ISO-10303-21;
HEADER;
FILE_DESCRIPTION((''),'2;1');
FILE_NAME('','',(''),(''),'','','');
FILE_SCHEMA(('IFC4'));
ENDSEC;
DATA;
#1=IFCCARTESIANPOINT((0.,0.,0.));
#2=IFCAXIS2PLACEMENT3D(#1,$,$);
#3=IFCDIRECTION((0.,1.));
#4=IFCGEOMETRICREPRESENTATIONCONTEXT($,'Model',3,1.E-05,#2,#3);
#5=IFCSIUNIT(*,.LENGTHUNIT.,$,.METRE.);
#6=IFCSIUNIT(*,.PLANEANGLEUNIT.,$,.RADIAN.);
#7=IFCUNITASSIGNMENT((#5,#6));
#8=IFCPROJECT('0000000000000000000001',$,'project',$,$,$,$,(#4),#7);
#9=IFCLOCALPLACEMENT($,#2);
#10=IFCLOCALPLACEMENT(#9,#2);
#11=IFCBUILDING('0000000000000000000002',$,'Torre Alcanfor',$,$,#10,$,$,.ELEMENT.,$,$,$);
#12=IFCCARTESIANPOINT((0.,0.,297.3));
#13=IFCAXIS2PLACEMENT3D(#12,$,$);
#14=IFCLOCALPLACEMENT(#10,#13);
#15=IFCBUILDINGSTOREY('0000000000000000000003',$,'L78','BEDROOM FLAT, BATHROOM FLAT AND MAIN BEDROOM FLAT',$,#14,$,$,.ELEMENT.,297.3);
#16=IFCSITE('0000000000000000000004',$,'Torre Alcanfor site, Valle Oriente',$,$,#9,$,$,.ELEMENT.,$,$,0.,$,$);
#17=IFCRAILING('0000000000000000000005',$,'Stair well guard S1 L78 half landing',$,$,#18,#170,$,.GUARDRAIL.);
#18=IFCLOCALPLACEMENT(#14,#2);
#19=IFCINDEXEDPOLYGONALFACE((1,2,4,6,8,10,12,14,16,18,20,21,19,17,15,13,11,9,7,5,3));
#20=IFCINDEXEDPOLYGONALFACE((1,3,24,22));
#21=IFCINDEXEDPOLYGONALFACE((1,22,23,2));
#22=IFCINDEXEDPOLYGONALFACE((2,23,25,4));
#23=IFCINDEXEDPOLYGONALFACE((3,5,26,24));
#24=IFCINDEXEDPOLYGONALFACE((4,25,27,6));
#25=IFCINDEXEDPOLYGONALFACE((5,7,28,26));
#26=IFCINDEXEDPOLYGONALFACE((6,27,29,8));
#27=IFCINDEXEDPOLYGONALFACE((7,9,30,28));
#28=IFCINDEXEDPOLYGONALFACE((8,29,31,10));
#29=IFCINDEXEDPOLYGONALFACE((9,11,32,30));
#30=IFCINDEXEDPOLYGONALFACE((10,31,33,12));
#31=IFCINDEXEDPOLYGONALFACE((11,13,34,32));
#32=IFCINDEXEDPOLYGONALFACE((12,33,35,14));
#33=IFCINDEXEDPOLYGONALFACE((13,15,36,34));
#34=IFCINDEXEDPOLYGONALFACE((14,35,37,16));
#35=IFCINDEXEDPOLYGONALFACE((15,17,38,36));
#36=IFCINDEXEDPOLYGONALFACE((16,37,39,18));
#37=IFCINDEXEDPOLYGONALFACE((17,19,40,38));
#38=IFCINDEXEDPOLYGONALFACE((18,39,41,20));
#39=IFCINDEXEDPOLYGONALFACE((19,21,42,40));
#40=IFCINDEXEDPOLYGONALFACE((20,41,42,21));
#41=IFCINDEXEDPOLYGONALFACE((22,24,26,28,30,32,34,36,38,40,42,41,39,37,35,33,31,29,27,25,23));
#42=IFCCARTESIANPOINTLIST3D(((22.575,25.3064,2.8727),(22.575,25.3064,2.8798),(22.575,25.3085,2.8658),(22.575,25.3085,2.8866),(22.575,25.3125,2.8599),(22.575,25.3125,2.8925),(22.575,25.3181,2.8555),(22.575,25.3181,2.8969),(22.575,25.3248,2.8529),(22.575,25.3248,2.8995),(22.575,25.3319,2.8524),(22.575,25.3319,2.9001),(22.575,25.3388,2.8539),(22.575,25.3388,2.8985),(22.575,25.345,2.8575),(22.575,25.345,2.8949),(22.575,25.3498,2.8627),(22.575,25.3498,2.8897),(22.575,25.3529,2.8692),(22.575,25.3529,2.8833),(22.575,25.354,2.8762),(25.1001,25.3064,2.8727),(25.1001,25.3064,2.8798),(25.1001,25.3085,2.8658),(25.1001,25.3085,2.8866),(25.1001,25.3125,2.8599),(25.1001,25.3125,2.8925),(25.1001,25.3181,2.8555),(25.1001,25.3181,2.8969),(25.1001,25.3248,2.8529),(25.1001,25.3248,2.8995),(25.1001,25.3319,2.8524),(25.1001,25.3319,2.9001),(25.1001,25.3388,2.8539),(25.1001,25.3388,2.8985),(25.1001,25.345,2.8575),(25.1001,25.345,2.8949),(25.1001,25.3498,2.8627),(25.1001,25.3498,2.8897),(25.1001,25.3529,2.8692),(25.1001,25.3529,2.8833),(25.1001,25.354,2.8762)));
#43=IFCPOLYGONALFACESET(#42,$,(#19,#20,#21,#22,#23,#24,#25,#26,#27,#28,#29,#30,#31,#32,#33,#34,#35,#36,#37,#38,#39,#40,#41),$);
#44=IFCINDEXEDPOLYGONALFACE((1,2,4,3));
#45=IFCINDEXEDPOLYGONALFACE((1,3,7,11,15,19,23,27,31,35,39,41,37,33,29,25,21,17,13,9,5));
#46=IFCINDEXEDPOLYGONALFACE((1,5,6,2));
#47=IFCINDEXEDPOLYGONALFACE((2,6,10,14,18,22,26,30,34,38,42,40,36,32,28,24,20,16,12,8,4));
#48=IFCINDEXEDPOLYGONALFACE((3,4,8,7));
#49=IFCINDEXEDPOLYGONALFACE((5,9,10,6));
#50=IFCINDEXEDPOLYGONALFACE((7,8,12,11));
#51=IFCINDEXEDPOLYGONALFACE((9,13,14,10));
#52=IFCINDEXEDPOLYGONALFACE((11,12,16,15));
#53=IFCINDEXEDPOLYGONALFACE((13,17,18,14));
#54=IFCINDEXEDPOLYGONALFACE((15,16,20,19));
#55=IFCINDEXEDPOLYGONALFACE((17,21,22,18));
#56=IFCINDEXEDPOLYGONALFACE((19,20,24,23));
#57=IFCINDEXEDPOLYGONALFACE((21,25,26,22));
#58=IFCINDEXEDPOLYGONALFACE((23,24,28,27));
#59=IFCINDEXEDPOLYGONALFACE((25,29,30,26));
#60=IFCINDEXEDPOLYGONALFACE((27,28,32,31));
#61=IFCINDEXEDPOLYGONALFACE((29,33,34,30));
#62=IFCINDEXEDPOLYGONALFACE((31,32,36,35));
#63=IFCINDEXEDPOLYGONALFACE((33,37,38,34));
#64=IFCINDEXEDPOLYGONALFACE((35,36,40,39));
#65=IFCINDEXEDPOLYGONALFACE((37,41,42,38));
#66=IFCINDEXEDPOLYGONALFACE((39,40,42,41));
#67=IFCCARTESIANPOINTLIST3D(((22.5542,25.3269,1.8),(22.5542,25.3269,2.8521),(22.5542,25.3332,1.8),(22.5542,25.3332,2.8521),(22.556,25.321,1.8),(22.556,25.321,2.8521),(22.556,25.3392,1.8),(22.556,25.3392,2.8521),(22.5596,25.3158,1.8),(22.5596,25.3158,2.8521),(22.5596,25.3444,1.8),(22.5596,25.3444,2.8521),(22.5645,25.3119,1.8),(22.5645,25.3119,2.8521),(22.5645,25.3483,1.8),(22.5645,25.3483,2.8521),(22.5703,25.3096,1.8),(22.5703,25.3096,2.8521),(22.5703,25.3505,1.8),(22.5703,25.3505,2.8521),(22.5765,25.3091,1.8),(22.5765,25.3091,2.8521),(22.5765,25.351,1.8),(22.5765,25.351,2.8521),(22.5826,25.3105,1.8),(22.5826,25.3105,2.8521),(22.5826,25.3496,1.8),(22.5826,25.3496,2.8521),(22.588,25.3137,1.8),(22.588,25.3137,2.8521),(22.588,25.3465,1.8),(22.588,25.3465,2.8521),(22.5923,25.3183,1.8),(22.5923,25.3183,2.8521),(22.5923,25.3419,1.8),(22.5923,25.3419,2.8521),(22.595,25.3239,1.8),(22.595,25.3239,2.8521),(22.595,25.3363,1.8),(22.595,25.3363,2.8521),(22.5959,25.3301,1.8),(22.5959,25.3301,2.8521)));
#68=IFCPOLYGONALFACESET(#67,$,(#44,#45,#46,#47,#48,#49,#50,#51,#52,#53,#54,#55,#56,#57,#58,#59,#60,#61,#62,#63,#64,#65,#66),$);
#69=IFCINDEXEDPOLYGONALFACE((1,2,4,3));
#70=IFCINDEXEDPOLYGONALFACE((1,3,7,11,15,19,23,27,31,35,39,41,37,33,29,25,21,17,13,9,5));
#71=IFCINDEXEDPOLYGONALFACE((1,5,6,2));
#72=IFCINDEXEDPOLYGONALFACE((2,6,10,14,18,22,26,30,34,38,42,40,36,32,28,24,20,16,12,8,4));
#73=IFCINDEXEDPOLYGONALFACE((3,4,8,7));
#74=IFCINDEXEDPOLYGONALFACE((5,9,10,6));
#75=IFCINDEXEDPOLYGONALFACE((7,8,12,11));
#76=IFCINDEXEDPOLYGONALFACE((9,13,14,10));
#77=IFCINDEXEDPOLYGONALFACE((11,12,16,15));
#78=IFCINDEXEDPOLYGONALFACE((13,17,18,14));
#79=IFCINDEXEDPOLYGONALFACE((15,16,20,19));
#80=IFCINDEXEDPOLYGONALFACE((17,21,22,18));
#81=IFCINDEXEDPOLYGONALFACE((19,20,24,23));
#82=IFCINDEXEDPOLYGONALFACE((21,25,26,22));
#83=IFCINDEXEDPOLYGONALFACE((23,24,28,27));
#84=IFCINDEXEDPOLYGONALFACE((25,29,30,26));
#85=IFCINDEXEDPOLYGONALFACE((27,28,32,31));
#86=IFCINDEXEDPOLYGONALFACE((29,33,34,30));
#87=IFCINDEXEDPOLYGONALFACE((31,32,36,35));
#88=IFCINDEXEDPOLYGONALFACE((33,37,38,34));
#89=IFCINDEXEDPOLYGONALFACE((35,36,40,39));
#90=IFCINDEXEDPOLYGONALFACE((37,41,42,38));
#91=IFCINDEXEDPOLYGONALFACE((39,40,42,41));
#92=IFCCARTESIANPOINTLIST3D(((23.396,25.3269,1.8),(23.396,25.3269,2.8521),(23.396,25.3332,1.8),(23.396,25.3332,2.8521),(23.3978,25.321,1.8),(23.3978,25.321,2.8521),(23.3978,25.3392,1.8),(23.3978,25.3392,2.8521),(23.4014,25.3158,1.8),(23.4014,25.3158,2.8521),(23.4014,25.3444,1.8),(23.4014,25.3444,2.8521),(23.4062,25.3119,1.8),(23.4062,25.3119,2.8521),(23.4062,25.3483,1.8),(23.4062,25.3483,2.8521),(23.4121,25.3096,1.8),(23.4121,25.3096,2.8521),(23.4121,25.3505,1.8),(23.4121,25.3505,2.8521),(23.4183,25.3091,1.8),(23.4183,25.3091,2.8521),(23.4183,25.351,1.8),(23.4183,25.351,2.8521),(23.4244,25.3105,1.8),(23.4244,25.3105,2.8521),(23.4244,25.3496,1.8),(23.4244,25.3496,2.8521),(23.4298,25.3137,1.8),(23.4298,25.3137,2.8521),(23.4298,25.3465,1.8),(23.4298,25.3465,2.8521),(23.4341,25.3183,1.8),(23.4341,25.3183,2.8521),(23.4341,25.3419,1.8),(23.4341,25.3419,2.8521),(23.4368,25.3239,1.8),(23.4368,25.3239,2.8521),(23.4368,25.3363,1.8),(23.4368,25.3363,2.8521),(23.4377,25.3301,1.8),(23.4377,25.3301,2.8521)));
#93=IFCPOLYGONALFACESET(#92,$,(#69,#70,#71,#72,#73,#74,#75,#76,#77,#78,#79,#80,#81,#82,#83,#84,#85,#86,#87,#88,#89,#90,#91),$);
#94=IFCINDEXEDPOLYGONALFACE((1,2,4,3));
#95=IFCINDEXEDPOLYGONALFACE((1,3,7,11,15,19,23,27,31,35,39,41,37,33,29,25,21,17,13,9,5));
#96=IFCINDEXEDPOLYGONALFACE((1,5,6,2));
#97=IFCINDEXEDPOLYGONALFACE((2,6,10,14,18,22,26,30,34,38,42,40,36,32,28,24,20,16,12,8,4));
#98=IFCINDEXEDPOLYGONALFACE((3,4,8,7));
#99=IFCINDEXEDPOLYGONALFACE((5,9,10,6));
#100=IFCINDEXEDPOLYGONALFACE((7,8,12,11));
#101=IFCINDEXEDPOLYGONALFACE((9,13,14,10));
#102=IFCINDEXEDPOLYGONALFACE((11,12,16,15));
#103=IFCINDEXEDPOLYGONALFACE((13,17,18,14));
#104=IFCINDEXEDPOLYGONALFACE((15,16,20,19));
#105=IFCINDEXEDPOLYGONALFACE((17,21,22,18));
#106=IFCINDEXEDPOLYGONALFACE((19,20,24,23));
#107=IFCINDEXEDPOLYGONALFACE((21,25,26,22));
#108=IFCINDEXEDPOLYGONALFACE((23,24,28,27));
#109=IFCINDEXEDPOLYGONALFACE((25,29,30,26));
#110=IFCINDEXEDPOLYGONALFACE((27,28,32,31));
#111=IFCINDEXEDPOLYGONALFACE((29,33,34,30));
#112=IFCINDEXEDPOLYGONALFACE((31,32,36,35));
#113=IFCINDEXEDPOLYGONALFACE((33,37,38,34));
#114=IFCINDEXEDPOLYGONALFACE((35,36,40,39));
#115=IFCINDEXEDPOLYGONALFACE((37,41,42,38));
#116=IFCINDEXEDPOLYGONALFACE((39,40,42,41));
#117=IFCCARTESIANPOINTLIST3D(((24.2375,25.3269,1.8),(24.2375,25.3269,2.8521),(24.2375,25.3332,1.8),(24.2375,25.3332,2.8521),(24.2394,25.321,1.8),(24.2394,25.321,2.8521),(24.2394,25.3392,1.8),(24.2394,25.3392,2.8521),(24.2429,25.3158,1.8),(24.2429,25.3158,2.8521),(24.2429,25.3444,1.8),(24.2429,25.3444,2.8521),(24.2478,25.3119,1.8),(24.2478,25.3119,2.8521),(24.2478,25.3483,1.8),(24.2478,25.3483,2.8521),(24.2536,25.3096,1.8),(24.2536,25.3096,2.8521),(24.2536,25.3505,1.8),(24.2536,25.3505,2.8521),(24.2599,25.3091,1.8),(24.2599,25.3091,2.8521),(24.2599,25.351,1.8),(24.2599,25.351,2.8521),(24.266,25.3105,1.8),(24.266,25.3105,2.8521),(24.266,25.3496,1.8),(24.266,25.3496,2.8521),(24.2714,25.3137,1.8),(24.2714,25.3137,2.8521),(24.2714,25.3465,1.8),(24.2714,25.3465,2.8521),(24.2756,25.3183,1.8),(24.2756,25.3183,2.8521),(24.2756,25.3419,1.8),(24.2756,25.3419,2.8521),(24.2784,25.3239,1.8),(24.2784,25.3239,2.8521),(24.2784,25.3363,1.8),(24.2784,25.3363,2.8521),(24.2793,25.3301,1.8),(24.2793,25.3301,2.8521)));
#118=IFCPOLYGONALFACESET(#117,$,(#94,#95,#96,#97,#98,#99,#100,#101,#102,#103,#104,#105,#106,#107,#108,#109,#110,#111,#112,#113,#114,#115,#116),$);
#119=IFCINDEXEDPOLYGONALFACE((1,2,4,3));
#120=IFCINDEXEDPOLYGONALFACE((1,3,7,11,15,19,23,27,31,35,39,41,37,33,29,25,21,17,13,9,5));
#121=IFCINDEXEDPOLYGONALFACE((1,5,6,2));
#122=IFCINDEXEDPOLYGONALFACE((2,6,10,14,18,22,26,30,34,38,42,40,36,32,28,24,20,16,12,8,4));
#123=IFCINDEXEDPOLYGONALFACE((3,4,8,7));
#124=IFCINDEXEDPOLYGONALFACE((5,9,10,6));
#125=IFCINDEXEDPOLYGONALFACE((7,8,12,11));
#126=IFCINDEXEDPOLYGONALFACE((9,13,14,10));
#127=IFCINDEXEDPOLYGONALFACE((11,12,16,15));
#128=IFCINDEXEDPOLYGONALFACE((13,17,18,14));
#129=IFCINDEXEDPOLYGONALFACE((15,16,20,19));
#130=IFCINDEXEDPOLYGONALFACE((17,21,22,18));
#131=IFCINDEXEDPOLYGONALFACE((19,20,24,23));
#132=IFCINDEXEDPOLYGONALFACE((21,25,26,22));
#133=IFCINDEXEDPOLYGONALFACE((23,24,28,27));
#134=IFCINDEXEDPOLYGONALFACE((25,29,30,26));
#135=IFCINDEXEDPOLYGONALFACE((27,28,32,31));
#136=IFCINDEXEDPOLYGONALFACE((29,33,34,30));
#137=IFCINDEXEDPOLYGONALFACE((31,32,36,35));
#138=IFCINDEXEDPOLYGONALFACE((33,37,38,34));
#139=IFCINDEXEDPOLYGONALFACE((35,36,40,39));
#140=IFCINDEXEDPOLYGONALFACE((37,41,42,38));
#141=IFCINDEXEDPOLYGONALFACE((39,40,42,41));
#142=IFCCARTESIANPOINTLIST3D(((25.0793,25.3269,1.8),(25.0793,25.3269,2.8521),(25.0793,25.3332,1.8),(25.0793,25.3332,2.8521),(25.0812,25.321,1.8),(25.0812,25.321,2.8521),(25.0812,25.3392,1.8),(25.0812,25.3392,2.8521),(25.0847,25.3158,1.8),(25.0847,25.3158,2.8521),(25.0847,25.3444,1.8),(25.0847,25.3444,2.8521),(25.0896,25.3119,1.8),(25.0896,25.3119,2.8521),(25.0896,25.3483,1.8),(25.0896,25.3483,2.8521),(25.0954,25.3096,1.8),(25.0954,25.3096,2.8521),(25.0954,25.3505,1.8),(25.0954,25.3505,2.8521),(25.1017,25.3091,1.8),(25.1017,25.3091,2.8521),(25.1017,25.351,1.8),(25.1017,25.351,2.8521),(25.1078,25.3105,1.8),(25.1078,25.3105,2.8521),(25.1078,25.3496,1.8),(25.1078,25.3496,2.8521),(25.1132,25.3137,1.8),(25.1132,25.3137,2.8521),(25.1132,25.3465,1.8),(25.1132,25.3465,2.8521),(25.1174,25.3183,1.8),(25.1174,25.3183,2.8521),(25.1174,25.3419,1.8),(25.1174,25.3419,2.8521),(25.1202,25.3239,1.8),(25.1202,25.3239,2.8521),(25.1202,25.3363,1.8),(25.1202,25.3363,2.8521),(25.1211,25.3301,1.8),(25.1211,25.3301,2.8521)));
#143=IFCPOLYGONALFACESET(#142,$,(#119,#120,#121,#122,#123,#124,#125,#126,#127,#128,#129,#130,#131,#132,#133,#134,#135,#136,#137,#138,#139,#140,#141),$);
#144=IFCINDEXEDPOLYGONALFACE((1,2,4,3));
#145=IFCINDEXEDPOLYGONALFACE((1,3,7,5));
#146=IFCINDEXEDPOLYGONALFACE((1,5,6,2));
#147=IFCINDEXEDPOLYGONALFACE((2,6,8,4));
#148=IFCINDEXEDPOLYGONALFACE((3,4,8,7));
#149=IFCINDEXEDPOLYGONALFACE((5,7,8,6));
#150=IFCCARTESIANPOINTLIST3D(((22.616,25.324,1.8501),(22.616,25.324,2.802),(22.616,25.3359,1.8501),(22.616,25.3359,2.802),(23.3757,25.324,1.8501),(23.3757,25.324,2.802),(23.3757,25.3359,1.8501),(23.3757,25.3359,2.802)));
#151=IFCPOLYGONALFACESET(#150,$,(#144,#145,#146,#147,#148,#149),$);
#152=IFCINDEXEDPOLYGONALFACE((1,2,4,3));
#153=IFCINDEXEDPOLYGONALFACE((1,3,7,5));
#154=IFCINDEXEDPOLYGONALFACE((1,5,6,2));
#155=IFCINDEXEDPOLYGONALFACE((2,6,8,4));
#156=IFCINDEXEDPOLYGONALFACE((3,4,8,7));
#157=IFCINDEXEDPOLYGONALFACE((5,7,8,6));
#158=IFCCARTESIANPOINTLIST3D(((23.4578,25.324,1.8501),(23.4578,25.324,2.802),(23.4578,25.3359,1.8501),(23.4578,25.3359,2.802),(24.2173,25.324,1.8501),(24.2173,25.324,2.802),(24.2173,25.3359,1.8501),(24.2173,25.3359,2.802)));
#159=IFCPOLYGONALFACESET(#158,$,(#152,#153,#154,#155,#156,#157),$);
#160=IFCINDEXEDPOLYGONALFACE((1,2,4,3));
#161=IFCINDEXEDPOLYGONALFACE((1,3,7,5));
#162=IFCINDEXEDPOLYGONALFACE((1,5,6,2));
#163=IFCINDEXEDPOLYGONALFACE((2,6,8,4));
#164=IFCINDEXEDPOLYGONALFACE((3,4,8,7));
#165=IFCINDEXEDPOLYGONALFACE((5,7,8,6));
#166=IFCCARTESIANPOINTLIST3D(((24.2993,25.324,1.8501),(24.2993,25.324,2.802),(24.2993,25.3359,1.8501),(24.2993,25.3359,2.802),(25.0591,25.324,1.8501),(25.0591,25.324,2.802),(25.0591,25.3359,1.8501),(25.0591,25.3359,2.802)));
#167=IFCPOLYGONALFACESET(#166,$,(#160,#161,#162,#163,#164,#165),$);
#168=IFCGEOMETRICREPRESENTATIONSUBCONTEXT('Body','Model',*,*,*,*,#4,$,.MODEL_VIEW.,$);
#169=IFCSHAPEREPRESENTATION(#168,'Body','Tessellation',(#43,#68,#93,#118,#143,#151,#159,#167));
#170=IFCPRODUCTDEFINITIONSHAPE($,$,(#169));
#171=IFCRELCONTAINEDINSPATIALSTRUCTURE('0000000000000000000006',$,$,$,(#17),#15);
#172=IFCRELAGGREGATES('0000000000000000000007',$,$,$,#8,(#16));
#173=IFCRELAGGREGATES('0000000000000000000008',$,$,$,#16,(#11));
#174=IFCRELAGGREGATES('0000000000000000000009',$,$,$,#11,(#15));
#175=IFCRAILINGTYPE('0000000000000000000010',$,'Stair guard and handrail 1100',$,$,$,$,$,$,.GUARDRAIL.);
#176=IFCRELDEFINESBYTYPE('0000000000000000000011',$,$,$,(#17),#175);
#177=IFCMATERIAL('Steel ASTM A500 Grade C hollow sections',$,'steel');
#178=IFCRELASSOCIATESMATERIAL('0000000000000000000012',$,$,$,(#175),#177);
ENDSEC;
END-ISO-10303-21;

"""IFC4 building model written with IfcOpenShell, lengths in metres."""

from ifc_helpers import new_model, si_unit, direction, frame, origin, origin_2d, place, context, subcontext, project, spatial, polyline, circle, outline, extrude, material, type_object, element, save


model = new_model("IFC4")

# Units and contexts
model_context = context("Model", 3, precision=1e-05, world=origin(), true_north=direction((0.0, 1.0)))
body_context = subcontext(model_context, "Body", "Model", "MODEL_VIEW")
ifc_project = project(units=[si_unit("LENGTHUNIT", "METRE"), si_unit("PLANEANGLEUNIT", "RADIAN")], contexts=[model_context])

# Site, building, storey
site_placement = place(None, origin())
site = spatial("IfcSite", under=ifc_project, at=site_placement, Name="Torre Alcanfor site, Valle Oriente", CompositionType="ELEMENT", RefElevation=0.0)
building_placement = place(site_placement, origin())
building = spatial("IfcBuilding", under=site, at=building_placement, Name="Torre Alcanfor", CompositionType="ELEMENT")
storey_placement = place(building_placement, frame((0.0, 0.0, 297.3)))
storey = spatial("IfcBuildingStorey", under=building, at=storey_placement, Name="L78", Description="BEDROOM FLAT, BATHROOM FLAT AND MAIN BEDROOM FLAT", CompositionType="ELEMENT", Elevation=297.3)

# Railing
ifc_material_1 = material(Name="Steel ASTM A500 Grade C hollow sections", Category="steel")
railing_type_1 = type_object("IfcRailingType", Name="Stair guard and handrail 1100", PredefinedType="GUARDRAIL", material=ifc_material_1)
railing_1_placement = place(storey_placement, frame((22.575, 25.3301, 1.8)))
element("IfcRailing", 1, at=railing_1_placement, inside=storey, type_object=railing_type_1, Name="Stair well guard S1 L78 half landing", PredefinedType="GUARDRAIL", context=body_context, shape_type="SweptSolid", body=[
    extrude(circle(Radius=0.0239, at=origin_2d()), frame((0.0, 0.0, 1.0762), z_axis=(1.0, 0.0, 0.0), x_axis=(0.0, 1.0, 0.0)), (0.0, 0.0, 1.0), 2.5251),
    extrude(circle(Radius=0.021, at=origin_2d()), origin(), (0.0, 0.0, 1.0), 1.052),
    extrude(circle(Radius=0.021, at=origin_2d()), frame((0.8418, 0.0, 0.0)), (0.0, 0.0, 1.0), 1.052),
    extrude(circle(Radius=0.021, at=origin_2d()), frame((1.6833, 0.0, 0.0)), (0.0, 0.0, 1.0), 1.052),
    extrude(circle(Radius=0.021, at=origin_2d()), frame((2.5251, 0.0, 0.0)), (0.0, 0.0, 1.0), 1.052),
    extrude(outline(polyline([(0.041, 0.05), (0.8008, 0.05), (0.8008, 1.002), (0.041, 1.002), (0.041, 0.05)])), frame((0.0, 0.0059, 0.0), z_axis=(0.0, -1.0, 0.0), x_axis=(1.0, 0.0, 0.0)), (0.0, 0.0, 1.0), 0.012),
    extrude(outline(polyline([(0.8828, 0.05), (1.6423, 0.05), (1.6423, 1.002), (0.8828, 1.002), (0.8828, 0.05)])), frame((0.0, 0.0059, 0.0), z_axis=(0.0, -1.0, 0.0), x_axis=(1.0, 0.0, 0.0)), (0.0, 0.0, 1.0), 0.012),
    extrude(outline(polyline([(1.7244, 0.05), (2.4841, 0.05), (2.4841, 1.002), (1.7244, 1.002), (1.7244, 0.05)])), frame((0.0, 0.0059, 0.0), z_axis=(0.0, -1.0, 0.0), x_axis=(1.0, 0.0, 0.0)), (0.0, 0.0, 1.0), 0.012),
])

save(model, "model.ifc")
